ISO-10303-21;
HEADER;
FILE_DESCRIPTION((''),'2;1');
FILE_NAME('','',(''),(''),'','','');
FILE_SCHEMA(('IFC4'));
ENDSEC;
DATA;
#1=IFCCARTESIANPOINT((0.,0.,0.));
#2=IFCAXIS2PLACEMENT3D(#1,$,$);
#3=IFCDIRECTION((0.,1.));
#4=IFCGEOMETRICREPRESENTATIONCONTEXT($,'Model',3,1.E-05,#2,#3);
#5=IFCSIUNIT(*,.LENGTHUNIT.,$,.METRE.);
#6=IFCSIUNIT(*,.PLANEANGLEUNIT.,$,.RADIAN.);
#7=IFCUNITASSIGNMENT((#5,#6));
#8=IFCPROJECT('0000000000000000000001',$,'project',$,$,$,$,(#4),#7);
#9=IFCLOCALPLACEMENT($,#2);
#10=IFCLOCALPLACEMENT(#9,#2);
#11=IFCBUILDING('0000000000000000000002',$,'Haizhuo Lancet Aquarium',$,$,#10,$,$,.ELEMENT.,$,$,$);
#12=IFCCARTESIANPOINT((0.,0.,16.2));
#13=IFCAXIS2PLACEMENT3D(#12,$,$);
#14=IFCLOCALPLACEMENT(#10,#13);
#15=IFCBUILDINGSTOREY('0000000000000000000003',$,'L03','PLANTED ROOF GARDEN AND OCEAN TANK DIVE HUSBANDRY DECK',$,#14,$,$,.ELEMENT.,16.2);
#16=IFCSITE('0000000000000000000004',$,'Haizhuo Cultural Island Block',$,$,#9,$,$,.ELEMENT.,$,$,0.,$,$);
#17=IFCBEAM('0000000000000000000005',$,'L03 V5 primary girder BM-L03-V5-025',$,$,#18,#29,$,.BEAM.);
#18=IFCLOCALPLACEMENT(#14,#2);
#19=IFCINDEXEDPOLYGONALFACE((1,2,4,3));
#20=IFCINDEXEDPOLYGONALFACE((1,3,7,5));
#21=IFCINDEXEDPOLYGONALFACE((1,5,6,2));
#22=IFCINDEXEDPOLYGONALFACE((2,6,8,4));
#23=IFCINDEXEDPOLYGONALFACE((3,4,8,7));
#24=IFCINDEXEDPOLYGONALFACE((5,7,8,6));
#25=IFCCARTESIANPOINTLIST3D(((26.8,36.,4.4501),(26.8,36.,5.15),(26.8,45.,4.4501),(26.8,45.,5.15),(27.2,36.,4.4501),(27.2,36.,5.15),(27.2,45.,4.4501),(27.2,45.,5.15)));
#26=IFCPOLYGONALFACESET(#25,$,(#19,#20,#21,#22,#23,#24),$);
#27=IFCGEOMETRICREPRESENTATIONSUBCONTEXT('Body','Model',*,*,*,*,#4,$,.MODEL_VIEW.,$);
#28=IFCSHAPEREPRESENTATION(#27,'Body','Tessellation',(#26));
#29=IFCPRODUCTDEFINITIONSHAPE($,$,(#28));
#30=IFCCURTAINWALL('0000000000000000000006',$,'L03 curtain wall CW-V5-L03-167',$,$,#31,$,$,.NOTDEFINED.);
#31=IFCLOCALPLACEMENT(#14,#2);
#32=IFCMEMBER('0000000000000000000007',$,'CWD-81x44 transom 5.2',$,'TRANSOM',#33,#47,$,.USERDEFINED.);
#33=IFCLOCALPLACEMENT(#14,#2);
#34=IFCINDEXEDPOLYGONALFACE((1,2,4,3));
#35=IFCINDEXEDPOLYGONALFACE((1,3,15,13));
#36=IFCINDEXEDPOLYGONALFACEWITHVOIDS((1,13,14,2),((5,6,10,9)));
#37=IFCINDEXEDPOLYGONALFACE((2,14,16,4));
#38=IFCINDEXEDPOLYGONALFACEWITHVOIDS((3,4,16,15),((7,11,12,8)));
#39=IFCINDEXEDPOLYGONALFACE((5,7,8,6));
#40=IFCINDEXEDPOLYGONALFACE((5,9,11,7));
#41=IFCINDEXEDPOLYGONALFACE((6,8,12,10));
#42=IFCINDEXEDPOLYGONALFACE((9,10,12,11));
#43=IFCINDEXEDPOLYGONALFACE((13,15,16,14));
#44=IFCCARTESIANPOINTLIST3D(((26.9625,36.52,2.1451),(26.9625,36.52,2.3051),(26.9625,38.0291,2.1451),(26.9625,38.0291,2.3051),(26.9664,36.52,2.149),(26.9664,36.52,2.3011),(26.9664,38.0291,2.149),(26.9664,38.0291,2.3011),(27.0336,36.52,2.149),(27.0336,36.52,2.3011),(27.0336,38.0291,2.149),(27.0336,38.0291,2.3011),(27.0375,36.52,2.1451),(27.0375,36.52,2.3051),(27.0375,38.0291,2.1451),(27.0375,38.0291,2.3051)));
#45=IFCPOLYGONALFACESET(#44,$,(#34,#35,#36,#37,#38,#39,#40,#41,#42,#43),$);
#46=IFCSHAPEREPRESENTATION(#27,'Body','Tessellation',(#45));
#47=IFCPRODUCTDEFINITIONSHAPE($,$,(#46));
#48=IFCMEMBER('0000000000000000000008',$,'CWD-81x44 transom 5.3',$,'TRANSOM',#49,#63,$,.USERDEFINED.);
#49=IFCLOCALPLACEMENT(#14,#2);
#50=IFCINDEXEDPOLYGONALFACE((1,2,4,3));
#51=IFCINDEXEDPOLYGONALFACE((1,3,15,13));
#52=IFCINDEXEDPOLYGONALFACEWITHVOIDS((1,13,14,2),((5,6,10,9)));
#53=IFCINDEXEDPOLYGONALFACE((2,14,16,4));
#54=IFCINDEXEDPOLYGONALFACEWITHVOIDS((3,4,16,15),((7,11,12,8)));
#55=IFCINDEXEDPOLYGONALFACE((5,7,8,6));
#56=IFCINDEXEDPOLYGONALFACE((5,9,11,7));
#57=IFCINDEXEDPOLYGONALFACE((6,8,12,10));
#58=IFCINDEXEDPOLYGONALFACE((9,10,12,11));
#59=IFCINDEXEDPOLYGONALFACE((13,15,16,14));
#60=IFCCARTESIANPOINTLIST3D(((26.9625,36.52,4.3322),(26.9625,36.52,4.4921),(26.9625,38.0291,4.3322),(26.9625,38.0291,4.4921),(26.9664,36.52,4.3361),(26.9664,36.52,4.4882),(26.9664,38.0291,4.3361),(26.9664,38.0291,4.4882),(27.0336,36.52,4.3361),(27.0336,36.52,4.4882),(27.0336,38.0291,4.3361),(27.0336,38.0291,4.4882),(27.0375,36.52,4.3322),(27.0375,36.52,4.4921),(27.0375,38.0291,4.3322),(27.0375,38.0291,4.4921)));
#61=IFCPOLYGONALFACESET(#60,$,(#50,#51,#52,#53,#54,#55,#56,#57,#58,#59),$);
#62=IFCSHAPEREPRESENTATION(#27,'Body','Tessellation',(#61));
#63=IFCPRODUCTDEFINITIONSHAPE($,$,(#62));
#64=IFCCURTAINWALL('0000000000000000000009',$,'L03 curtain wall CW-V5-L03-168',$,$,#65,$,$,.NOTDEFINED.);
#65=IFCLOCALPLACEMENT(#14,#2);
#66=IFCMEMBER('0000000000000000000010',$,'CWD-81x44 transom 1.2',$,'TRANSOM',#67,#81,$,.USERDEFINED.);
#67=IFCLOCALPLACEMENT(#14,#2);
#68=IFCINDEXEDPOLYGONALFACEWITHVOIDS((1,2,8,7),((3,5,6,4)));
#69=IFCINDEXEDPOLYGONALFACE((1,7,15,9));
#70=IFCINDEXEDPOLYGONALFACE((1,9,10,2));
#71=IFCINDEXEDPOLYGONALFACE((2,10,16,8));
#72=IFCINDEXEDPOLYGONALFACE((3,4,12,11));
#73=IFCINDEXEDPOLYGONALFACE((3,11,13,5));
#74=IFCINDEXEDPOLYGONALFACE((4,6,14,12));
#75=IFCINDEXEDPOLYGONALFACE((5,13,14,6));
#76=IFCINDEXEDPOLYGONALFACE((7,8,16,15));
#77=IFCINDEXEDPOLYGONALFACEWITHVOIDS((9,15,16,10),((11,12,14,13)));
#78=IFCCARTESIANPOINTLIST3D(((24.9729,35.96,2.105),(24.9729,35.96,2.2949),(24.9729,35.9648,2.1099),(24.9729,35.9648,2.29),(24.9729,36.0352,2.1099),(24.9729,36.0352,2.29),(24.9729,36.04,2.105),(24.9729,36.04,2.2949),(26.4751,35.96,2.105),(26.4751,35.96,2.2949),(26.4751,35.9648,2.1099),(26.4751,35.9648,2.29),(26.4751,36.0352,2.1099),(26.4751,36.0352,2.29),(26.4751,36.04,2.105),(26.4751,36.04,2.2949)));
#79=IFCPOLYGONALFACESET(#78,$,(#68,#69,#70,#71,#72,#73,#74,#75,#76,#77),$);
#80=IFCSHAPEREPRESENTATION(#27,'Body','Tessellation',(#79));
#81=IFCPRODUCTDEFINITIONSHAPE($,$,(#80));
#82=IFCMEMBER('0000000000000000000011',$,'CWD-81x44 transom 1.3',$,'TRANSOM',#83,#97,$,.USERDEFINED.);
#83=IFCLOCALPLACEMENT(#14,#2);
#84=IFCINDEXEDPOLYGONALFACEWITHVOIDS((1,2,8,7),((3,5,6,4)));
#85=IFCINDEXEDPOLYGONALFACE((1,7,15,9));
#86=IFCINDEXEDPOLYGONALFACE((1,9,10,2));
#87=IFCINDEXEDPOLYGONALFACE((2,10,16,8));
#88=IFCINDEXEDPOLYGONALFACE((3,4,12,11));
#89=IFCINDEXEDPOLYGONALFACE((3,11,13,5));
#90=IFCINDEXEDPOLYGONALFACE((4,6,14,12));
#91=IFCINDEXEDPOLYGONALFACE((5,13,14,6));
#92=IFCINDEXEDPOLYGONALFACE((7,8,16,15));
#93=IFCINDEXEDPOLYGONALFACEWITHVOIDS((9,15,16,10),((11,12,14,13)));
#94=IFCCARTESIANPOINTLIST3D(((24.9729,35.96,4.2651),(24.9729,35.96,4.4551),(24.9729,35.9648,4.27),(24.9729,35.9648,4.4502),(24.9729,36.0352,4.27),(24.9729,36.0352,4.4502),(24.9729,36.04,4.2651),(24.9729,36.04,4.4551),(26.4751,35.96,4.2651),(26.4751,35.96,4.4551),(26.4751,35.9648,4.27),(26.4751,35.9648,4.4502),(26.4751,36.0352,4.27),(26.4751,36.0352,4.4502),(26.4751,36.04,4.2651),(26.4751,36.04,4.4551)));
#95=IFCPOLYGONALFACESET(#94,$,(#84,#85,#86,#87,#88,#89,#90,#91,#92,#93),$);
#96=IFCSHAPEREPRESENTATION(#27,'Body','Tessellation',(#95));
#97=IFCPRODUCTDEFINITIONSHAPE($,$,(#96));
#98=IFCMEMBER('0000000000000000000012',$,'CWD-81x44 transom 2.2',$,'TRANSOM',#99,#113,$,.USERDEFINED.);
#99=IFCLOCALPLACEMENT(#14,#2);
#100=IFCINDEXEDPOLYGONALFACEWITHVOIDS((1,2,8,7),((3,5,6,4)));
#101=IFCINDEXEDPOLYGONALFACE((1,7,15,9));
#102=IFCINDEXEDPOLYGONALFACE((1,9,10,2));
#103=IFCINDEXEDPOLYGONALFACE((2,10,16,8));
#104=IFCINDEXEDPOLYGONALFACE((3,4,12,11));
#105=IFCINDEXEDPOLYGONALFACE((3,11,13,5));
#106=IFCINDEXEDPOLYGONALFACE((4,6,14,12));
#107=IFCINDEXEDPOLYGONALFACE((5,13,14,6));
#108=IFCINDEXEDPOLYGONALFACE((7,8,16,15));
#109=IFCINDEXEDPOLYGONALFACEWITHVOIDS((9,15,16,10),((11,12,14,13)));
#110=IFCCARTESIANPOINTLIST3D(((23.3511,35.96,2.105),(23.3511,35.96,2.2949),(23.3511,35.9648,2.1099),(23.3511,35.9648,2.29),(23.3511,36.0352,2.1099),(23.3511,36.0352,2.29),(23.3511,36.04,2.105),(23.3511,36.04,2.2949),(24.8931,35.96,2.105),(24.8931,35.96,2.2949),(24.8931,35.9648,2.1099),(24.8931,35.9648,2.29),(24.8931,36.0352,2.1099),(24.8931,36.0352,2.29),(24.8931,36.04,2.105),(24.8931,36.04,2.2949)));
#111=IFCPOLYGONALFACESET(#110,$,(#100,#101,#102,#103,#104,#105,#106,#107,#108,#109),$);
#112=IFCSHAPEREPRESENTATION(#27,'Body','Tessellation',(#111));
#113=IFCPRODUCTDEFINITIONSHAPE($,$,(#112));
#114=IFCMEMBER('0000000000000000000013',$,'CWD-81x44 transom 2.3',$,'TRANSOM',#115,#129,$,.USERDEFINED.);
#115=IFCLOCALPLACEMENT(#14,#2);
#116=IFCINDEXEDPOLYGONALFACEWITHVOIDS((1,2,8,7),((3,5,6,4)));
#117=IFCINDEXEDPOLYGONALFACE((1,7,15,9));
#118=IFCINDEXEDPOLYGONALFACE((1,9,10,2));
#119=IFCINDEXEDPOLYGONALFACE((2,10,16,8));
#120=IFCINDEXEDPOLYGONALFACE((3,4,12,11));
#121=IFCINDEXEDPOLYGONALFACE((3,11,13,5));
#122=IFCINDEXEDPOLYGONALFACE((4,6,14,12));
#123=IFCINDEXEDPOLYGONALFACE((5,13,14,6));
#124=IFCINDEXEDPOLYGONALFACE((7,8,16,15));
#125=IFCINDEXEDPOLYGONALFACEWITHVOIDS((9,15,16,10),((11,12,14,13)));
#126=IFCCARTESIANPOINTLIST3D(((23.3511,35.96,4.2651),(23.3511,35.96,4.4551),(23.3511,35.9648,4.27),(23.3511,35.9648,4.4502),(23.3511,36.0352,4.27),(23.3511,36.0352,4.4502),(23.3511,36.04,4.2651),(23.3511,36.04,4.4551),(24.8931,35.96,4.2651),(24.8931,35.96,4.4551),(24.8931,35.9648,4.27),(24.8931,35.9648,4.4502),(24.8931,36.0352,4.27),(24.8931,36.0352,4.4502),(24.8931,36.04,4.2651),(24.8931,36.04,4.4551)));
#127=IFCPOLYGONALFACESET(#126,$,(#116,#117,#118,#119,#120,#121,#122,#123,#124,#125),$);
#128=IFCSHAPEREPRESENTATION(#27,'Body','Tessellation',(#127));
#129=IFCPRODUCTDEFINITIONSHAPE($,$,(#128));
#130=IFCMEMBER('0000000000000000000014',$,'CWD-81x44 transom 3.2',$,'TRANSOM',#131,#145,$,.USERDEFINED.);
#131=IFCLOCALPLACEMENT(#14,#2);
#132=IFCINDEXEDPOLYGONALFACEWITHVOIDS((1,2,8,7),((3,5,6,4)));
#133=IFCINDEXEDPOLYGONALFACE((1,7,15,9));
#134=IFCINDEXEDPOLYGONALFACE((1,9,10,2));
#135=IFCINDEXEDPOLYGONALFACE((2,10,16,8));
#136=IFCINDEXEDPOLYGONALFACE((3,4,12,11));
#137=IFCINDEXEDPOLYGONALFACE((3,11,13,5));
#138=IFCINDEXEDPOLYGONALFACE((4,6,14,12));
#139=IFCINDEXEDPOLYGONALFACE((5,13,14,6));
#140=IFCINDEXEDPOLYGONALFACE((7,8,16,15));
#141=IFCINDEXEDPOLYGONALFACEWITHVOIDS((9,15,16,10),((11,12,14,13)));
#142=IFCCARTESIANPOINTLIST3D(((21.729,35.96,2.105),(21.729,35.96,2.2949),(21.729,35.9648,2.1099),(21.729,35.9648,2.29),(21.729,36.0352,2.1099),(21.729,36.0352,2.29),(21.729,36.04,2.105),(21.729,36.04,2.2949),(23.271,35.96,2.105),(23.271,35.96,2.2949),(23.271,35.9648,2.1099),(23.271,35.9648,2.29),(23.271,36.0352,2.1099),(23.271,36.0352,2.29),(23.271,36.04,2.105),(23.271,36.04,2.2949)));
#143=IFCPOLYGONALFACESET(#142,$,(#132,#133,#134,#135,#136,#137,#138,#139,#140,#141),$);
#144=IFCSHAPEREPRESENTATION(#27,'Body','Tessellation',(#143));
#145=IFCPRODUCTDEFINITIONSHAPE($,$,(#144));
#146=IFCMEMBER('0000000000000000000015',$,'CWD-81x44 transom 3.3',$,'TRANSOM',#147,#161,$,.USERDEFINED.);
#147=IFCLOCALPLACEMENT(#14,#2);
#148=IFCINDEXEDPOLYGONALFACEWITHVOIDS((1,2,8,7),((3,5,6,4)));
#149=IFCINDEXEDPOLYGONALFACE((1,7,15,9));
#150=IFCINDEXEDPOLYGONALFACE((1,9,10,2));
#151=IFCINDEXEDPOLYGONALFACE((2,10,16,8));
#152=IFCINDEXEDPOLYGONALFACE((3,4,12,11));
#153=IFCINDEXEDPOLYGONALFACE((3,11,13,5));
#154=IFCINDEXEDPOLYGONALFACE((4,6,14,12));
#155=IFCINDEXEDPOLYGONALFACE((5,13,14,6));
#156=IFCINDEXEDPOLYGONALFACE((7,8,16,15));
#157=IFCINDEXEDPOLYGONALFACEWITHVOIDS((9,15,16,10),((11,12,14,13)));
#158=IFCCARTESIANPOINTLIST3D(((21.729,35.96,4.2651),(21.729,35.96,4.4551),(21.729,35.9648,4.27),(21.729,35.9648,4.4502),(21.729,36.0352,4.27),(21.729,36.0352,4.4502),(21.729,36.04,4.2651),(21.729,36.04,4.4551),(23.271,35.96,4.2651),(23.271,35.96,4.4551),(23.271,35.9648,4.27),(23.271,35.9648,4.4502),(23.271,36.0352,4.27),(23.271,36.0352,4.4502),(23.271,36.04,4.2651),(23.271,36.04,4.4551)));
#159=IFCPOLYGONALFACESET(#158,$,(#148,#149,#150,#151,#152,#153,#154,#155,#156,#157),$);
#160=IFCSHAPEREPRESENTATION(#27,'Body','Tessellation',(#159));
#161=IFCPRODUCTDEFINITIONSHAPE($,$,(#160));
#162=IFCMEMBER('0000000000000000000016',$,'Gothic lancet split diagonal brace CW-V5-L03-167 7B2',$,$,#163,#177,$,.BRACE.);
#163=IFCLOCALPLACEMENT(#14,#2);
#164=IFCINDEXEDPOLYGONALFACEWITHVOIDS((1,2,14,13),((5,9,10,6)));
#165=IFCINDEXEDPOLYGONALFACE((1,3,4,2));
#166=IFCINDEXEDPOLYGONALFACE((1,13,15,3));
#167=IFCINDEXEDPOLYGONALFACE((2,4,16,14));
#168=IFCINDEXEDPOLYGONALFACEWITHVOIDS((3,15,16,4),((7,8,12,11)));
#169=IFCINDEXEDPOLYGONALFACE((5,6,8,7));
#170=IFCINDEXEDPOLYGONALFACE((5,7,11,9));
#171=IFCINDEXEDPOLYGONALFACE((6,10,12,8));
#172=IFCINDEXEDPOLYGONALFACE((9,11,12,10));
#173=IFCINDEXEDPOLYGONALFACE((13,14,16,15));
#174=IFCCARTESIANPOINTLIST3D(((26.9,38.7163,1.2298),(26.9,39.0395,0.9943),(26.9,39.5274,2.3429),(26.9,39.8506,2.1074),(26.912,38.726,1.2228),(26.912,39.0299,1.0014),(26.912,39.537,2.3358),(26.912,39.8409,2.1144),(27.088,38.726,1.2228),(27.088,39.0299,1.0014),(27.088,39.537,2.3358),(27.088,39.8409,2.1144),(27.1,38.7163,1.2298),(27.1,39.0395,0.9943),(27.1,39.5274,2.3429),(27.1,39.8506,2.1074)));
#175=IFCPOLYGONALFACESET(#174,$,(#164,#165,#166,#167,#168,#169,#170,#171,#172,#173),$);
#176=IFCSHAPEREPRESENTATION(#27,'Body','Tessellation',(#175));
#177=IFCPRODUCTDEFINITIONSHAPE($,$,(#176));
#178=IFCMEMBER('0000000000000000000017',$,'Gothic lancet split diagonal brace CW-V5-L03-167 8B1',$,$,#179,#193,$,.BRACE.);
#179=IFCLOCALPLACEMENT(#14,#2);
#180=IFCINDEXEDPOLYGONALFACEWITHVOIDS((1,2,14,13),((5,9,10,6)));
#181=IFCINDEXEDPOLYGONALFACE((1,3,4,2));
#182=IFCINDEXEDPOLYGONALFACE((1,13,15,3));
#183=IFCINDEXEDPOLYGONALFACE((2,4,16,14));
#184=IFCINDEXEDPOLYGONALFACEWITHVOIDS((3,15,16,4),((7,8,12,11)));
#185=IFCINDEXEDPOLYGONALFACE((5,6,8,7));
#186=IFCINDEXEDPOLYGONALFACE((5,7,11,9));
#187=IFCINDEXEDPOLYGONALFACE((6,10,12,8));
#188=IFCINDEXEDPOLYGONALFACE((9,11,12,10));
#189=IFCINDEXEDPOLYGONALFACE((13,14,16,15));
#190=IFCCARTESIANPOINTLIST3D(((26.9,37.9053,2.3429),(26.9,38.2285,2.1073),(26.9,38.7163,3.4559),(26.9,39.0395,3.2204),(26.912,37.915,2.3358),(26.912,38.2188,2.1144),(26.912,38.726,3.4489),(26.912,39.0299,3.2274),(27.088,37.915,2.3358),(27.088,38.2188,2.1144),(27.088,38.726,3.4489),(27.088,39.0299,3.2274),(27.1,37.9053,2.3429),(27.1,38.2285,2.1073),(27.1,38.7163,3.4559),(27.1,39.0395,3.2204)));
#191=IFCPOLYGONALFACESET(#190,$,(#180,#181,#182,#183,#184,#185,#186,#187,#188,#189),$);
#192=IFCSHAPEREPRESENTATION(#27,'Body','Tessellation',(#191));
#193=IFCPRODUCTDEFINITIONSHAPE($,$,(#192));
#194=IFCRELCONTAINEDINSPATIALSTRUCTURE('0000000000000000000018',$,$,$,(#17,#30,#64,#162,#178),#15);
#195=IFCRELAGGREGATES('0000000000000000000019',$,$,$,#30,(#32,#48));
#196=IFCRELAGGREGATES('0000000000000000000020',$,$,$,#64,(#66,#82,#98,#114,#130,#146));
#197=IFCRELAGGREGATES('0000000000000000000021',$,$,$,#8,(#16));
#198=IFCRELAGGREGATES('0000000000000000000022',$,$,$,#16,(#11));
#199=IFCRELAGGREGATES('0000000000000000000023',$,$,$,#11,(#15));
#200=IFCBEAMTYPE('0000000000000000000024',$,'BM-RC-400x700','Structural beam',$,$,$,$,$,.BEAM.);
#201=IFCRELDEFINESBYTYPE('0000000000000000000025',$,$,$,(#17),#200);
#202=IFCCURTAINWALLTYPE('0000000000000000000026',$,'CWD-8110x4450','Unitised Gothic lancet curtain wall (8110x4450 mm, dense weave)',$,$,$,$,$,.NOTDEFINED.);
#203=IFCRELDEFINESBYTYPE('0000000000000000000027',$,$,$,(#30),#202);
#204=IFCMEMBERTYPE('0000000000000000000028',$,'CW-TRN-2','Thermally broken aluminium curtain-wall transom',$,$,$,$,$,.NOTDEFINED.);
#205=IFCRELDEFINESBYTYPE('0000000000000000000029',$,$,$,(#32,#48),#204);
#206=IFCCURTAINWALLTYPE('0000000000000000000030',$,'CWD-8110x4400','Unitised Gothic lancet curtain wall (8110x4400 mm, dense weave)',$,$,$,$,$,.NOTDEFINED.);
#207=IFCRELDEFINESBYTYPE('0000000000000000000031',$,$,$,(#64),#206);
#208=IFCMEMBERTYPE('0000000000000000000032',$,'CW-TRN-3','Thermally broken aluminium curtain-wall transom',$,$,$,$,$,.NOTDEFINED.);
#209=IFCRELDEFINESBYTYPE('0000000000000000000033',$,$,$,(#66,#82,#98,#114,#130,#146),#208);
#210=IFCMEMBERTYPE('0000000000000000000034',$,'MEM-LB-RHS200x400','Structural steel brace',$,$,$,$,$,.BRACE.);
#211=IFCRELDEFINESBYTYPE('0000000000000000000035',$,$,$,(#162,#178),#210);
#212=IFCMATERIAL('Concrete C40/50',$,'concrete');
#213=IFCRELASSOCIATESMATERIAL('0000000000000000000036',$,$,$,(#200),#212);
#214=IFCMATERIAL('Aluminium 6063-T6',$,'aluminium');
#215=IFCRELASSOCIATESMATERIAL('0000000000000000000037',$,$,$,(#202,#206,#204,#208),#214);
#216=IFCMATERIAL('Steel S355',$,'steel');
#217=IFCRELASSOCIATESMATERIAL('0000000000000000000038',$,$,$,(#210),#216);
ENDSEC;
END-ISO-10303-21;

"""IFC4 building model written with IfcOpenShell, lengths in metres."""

from ifc_helpers import new_model, si_unit, direction, frame, origin, origin_2d, place, context, subcontext, project, spatial, rectangle, hollow_rectangle, extrude, material, material_profile, profile_set, type_object, element, aggregate, save


model = new_model("IFC4")

# Units and contexts
model_context = context("Model", 3, precision=1e-05, world=origin(), true_north=direction((0.0, 1.0)))
body_context = subcontext(model_context, "Body", "Model", "MODEL_VIEW")
ifc_project = project(units=[si_unit("LENGTHUNIT", "METRE"), si_unit("PLANEANGLEUNIT", "RADIAN")], contexts=[model_context])

# Site, building, storey
site_placement = place(None, origin())
site = spatial("IfcSite", under=ifc_project, at=site_placement, Name="Haizhuo Cultural Island Block", CompositionType="ELEMENT", RefElevation=0.0)
building_placement = place(site_placement, origin())
building = spatial("IfcBuilding", under=site, at=building_placement, Name="Haizhuo Lancet Aquarium", CompositionType="ELEMENT")
storey_placement = place(building_placement, frame((0.0, 0.0, 16.2)))
storey = spatial("IfcBuildingStorey", under=building, at=storey_placement, Name="L03", Description="PLANTED ROOF GARDEN AND OCEAN TANK DIVE HUSBANDRY DECK", CompositionType="ELEMENT", Elevation=16.2)

# Beam
ifc_material_1 = material(Name="Concrete C40/50", Category="concrete")
ifc_material_profile_1 = material_profile(ifc_material_1, rectangle(XDim=0.3999, YDim=0.7, at=origin_2d()), Name="RC-BM 400x700")
ifc_profile_set_1 = profile_set([ifc_material_profile_1], Name="Concrete C40/50")
beam_type = type_object("IfcBeamType", Name="BM-RC-400x700", Description="Structural beam", PredefinedType="BEAM", material=ifc_profile_set_1)
beam_placement = place(storey_placement, frame((27.0, 36.0, 4.8), z_axis=(0.0, 1.0, 0.0), x_axis=(-1.0, 0.0, 0.0)))
element("IfcBeam", 1, at=beam_placement, inside=storey, type_object=beam_type, Name="L03 V5 primary girder BM-L03-V5-025", PredefinedType="BEAM", context=body_context, shape_type="SweptSolid", body=[
    extrude(rectangle(XDim=0.3999, YDim=0.7, at=origin_2d()), origin(), (0.0, 0.0, 1.0), 9.0),
])

# Curtain walls, members
ifc_material_2 = material(Name="Aluminium 6063-T6", Category="aluminium")
curtain_wall_type_1 = type_object("IfcCurtainWallType", Name="CWD-8110x4450", Description="Unitised Gothic lancet curtain wall (8110x4450 mm, dense weave)", PredefinedType="NOTDEFINED", material=ifc_material_2)
curtain_wall_1_placement = place(storey_placement, origin())
curtain_wall_1 = element("IfcCurtainWall", 2, at=curtain_wall_1_placement, inside=storey, type_object=curtain_wall_type_1, Name="L03 curtain wall CW-V5-L03-167", PredefinedType="NOTDEFINED")
ifc_material_profile_2 = material_profile(ifc_material_2, hollow_rectangle(XDim=0.075, YDim=0.1599, WallThickness=0.0039, at=origin_2d()), Name="ALU-T 75x160x4")
ifc_profile_set_2 = profile_set([ifc_material_profile_2], Name="Aluminium 6063-T6")
member_type_1 = type_object("IfcMemberType", Name="CW-TRN-2", Description="Thermally broken aluminium curtain-wall transom", PredefinedType="NOTDEFINED", material=ifc_profile_set_2)
member_1_placement = place(storey_placement, frame((27.0, 38.0291, 2.2251), z_axis=(0.0, -1.0, 0.0), x_axis=(1.0, 0.0, 0.0)))
member_1 = element("IfcMember", 3, at=member_1_placement, type_object=member_type_1, Name="CWD-81x44 transom 5.2", ObjectType="TRANSOM", PredefinedType="USERDEFINED", context=body_context, shape_type="SweptSolid", body=[
    extrude(hollow_rectangle(XDim=0.075, YDim=0.1599, WallThickness=0.0039, at=origin_2d()), origin(), (0.0, 0.0, 1.0), 1.509),
])
member_2_placement = place(storey_placement, frame((27.0, 38.0291, 4.4121), z_axis=(0.0, -1.0, 0.0), x_axis=(1.0, 0.0, 0.0)))
member_2 = element("IfcMember", 4, at=member_2_placement, type_object=member_type_1, Name="CWD-81x44 transom 5.3", ObjectType="TRANSOM", PredefinedType="USERDEFINED", context=body_context, shape_type="SweptSolid", body=[
    extrude(hollow_rectangle(XDim=0.075, YDim=0.1599, WallThickness=0.0039, at=origin_2d()), origin(), (0.0, 0.0, 1.0), 1.509),
])
curtain_wall_type_2 = type_object("IfcCurtainWallType", Name="CWD-8110x4400", Description="Unitised Gothic lancet curtain wall (8110x4400 mm, dense weave)", PredefinedType="NOTDEFINED", material=ifc_material_2)
curtain_wall_2_placement = place(storey_placement, origin())
curtain_wall_2 = element("IfcCurtainWall", 5, at=curtain_wall_2_placement, inside=storey, type_object=curtain_wall_type_2, Name="L03 curtain wall CW-V5-L03-168", PredefinedType="NOTDEFINED")
ifc_material_profile_3 = material_profile(ifc_material_2, hollow_rectangle(XDim=0.0801, YDim=0.1899, WallThickness=0.0049, at=origin_2d()), Name="ALU-T 80x190x5")
ifc_profile_set_3 = profile_set([ifc_material_profile_3], Name="Aluminium 6063-T6")
member_type_2 = type_object("IfcMemberType", Name="CW-TRN-3", Description="Thermally broken aluminium curtain-wall transom", PredefinedType="NOTDEFINED", material=ifc_profile_set_3)
member_3_placement = place(storey_placement, frame((26.4751, 36.0, 2.2), z_axis=(-1.0, 0.0, 0.0), x_axis=(0.0, -1.0, 0.0)))
member_3 = element("IfcMember", 6, at=member_3_placement, type_object=member_type_2, Name="CWD-81x44 transom 1.2", ObjectType="TRANSOM", PredefinedType="USERDEFINED", context=body_context, shape_type="SweptSolid", body=[
    extrude(hollow_rectangle(XDim=0.0801, YDim=0.1899, WallThickness=0.0049, at=origin_2d()), origin(), (0.0, 0.0, 1.0), 1.5022),
])
member_4_placement = place(storey_placement, frame((26.4751, 36.0, 4.3601), z_axis=(-1.0, 0.0, 0.0), x_axis=(0.0, -1.0, 0.0)))
member_4 = element("IfcMember", 7, at=member_4_placement, type_object=member_type_2, Name="CWD-81x44 transom 1.3", ObjectType="TRANSOM", PredefinedType="USERDEFINED", context=body_context, shape_type="SweptSolid", body=[
    extrude(hollow_rectangle(XDim=0.0801, YDim=0.1899, WallThickness=0.0049, at=origin_2d()), origin(), (0.0, 0.0, 1.0), 1.5022),
])
member_5_placement = place(storey_placement, frame((24.8931, 36.0, 2.2), z_axis=(-1.0, 0.0, 0.0), x_axis=(0.0, -1.0, 0.0)))
member_5 = element("IfcMember", 8, at=member_5_placement, type_object=member_type_2, Name="CWD-81x44 transom 2.2", ObjectType="TRANSOM", PredefinedType="USERDEFINED", context=body_context, shape_type="SweptSolid", body=[
    extrude(hollow_rectangle(XDim=0.0801, YDim=0.1899, WallThickness=0.0049, at=origin_2d()), origin(), (0.0, 0.0, 1.0), 1.542),
])
member_6_placement = place(storey_placement, frame((24.8931, 36.0, 4.3601), z_axis=(-1.0, 0.0, 0.0), x_axis=(0.0, -1.0, 0.0)))
member_6 = element("IfcMember", 9, at=member_6_placement, type_object=member_type_2, Name="CWD-81x44 transom 2.3", ObjectType="TRANSOM", PredefinedType="USERDEFINED", context=body_context, shape_type="SweptSolid", body=[
    extrude(hollow_rectangle(XDim=0.0801, YDim=0.1899, WallThickness=0.0049, at=origin_2d()), origin(), (0.0, 0.0, 1.0), 1.542),
])
member_7_placement = place(storey_placement, frame((23.271, 36.0, 2.2), z_axis=(-1.0, 0.0, 0.0), x_axis=(0.0, -1.0, 0.0)))
member_7 = element("IfcMember", 10, at=member_7_placement, type_object=member_type_2, Name="CWD-81x44 transom 3.2", ObjectType="TRANSOM", PredefinedType="USERDEFINED", context=body_context, shape_type="SweptSolid", body=[
    extrude(hollow_rectangle(XDim=0.0801, YDim=0.1899, WallThickness=0.0049, at=origin_2d()), origin(), (0.0, 0.0, 1.0), 1.542),
])
member_8_placement = place(storey_placement, frame((23.271, 36.0, 4.3601), z_axis=(-1.0, 0.0, 0.0), x_axis=(0.0, -1.0, 0.0)))
member_8 = element("IfcMember", 11, at=member_8_placement, type_object=member_type_2, Name="CWD-81x44 transom 3.3", ObjectType="TRANSOM", PredefinedType="USERDEFINED", context=body_context, shape_type="SweptSolid", body=[
    extrude(hollow_rectangle(XDim=0.0801, YDim=0.1899, WallThickness=0.0049, at=origin_2d()), origin(), (0.0, 0.0, 1.0), 1.542),
])

# Members
ifc_material_3 = material(Name="Steel S355", Category="steel")
ifc_material_profile_4 = material_profile(ifc_material_3, hollow_rectangle(XDim=0.2, YDim=0.3999, WallThickness=0.012, at=origin_2d()), Name="RHS 200x400x12")
ifc_profile_set_4 = profile_set([ifc_material_profile_4], Name="Steel S355")
member_type_3 = type_object("IfcMemberType", Name="MEM-LB-RHS200x400", Description="Structural steel brace", PredefinedType="BRACE", material=ifc_profile_set_4)
for number, where, z_axis, x_axis, name in (
    (12, (27.0, 38.8779, 1.1121), (0.0, 0.588909, 0.808199), (-1.0, 0.0, 0.0), "Gothic lancet split diagonal brace CW-V5-L03-167 7B2"),
    (13, (27.0, 38.0669, 2.2251), (0.0, 0.588909, 0.808199), (-1.0, 0.0, 0.0), "Gothic lancet split diagonal brace CW-V5-L03-167 8B1"),
):
    element("IfcMember", number, at=place(storey_placement, frame(where, z_axis=z_axis, x_axis=x_axis)), inside=storey, type_object=member_type_3, Name=name, PredefinedType="BRACE", context=body_context, shape_type="SweptSolid", body=[
        extrude(hollow_rectangle(XDim=0.2, YDim=0.3999, WallThickness=0.012, at=origin_2d()), origin(), (0.0, 0.0, 1.0), 1.3772),
    ])

aggregate(curtain_wall_1, [member_1, member_2])
aggregate(curtain_wall_2, [member_3, member_4, member_5, member_6, member_7, member_8])

save(model, "model.ifc")
